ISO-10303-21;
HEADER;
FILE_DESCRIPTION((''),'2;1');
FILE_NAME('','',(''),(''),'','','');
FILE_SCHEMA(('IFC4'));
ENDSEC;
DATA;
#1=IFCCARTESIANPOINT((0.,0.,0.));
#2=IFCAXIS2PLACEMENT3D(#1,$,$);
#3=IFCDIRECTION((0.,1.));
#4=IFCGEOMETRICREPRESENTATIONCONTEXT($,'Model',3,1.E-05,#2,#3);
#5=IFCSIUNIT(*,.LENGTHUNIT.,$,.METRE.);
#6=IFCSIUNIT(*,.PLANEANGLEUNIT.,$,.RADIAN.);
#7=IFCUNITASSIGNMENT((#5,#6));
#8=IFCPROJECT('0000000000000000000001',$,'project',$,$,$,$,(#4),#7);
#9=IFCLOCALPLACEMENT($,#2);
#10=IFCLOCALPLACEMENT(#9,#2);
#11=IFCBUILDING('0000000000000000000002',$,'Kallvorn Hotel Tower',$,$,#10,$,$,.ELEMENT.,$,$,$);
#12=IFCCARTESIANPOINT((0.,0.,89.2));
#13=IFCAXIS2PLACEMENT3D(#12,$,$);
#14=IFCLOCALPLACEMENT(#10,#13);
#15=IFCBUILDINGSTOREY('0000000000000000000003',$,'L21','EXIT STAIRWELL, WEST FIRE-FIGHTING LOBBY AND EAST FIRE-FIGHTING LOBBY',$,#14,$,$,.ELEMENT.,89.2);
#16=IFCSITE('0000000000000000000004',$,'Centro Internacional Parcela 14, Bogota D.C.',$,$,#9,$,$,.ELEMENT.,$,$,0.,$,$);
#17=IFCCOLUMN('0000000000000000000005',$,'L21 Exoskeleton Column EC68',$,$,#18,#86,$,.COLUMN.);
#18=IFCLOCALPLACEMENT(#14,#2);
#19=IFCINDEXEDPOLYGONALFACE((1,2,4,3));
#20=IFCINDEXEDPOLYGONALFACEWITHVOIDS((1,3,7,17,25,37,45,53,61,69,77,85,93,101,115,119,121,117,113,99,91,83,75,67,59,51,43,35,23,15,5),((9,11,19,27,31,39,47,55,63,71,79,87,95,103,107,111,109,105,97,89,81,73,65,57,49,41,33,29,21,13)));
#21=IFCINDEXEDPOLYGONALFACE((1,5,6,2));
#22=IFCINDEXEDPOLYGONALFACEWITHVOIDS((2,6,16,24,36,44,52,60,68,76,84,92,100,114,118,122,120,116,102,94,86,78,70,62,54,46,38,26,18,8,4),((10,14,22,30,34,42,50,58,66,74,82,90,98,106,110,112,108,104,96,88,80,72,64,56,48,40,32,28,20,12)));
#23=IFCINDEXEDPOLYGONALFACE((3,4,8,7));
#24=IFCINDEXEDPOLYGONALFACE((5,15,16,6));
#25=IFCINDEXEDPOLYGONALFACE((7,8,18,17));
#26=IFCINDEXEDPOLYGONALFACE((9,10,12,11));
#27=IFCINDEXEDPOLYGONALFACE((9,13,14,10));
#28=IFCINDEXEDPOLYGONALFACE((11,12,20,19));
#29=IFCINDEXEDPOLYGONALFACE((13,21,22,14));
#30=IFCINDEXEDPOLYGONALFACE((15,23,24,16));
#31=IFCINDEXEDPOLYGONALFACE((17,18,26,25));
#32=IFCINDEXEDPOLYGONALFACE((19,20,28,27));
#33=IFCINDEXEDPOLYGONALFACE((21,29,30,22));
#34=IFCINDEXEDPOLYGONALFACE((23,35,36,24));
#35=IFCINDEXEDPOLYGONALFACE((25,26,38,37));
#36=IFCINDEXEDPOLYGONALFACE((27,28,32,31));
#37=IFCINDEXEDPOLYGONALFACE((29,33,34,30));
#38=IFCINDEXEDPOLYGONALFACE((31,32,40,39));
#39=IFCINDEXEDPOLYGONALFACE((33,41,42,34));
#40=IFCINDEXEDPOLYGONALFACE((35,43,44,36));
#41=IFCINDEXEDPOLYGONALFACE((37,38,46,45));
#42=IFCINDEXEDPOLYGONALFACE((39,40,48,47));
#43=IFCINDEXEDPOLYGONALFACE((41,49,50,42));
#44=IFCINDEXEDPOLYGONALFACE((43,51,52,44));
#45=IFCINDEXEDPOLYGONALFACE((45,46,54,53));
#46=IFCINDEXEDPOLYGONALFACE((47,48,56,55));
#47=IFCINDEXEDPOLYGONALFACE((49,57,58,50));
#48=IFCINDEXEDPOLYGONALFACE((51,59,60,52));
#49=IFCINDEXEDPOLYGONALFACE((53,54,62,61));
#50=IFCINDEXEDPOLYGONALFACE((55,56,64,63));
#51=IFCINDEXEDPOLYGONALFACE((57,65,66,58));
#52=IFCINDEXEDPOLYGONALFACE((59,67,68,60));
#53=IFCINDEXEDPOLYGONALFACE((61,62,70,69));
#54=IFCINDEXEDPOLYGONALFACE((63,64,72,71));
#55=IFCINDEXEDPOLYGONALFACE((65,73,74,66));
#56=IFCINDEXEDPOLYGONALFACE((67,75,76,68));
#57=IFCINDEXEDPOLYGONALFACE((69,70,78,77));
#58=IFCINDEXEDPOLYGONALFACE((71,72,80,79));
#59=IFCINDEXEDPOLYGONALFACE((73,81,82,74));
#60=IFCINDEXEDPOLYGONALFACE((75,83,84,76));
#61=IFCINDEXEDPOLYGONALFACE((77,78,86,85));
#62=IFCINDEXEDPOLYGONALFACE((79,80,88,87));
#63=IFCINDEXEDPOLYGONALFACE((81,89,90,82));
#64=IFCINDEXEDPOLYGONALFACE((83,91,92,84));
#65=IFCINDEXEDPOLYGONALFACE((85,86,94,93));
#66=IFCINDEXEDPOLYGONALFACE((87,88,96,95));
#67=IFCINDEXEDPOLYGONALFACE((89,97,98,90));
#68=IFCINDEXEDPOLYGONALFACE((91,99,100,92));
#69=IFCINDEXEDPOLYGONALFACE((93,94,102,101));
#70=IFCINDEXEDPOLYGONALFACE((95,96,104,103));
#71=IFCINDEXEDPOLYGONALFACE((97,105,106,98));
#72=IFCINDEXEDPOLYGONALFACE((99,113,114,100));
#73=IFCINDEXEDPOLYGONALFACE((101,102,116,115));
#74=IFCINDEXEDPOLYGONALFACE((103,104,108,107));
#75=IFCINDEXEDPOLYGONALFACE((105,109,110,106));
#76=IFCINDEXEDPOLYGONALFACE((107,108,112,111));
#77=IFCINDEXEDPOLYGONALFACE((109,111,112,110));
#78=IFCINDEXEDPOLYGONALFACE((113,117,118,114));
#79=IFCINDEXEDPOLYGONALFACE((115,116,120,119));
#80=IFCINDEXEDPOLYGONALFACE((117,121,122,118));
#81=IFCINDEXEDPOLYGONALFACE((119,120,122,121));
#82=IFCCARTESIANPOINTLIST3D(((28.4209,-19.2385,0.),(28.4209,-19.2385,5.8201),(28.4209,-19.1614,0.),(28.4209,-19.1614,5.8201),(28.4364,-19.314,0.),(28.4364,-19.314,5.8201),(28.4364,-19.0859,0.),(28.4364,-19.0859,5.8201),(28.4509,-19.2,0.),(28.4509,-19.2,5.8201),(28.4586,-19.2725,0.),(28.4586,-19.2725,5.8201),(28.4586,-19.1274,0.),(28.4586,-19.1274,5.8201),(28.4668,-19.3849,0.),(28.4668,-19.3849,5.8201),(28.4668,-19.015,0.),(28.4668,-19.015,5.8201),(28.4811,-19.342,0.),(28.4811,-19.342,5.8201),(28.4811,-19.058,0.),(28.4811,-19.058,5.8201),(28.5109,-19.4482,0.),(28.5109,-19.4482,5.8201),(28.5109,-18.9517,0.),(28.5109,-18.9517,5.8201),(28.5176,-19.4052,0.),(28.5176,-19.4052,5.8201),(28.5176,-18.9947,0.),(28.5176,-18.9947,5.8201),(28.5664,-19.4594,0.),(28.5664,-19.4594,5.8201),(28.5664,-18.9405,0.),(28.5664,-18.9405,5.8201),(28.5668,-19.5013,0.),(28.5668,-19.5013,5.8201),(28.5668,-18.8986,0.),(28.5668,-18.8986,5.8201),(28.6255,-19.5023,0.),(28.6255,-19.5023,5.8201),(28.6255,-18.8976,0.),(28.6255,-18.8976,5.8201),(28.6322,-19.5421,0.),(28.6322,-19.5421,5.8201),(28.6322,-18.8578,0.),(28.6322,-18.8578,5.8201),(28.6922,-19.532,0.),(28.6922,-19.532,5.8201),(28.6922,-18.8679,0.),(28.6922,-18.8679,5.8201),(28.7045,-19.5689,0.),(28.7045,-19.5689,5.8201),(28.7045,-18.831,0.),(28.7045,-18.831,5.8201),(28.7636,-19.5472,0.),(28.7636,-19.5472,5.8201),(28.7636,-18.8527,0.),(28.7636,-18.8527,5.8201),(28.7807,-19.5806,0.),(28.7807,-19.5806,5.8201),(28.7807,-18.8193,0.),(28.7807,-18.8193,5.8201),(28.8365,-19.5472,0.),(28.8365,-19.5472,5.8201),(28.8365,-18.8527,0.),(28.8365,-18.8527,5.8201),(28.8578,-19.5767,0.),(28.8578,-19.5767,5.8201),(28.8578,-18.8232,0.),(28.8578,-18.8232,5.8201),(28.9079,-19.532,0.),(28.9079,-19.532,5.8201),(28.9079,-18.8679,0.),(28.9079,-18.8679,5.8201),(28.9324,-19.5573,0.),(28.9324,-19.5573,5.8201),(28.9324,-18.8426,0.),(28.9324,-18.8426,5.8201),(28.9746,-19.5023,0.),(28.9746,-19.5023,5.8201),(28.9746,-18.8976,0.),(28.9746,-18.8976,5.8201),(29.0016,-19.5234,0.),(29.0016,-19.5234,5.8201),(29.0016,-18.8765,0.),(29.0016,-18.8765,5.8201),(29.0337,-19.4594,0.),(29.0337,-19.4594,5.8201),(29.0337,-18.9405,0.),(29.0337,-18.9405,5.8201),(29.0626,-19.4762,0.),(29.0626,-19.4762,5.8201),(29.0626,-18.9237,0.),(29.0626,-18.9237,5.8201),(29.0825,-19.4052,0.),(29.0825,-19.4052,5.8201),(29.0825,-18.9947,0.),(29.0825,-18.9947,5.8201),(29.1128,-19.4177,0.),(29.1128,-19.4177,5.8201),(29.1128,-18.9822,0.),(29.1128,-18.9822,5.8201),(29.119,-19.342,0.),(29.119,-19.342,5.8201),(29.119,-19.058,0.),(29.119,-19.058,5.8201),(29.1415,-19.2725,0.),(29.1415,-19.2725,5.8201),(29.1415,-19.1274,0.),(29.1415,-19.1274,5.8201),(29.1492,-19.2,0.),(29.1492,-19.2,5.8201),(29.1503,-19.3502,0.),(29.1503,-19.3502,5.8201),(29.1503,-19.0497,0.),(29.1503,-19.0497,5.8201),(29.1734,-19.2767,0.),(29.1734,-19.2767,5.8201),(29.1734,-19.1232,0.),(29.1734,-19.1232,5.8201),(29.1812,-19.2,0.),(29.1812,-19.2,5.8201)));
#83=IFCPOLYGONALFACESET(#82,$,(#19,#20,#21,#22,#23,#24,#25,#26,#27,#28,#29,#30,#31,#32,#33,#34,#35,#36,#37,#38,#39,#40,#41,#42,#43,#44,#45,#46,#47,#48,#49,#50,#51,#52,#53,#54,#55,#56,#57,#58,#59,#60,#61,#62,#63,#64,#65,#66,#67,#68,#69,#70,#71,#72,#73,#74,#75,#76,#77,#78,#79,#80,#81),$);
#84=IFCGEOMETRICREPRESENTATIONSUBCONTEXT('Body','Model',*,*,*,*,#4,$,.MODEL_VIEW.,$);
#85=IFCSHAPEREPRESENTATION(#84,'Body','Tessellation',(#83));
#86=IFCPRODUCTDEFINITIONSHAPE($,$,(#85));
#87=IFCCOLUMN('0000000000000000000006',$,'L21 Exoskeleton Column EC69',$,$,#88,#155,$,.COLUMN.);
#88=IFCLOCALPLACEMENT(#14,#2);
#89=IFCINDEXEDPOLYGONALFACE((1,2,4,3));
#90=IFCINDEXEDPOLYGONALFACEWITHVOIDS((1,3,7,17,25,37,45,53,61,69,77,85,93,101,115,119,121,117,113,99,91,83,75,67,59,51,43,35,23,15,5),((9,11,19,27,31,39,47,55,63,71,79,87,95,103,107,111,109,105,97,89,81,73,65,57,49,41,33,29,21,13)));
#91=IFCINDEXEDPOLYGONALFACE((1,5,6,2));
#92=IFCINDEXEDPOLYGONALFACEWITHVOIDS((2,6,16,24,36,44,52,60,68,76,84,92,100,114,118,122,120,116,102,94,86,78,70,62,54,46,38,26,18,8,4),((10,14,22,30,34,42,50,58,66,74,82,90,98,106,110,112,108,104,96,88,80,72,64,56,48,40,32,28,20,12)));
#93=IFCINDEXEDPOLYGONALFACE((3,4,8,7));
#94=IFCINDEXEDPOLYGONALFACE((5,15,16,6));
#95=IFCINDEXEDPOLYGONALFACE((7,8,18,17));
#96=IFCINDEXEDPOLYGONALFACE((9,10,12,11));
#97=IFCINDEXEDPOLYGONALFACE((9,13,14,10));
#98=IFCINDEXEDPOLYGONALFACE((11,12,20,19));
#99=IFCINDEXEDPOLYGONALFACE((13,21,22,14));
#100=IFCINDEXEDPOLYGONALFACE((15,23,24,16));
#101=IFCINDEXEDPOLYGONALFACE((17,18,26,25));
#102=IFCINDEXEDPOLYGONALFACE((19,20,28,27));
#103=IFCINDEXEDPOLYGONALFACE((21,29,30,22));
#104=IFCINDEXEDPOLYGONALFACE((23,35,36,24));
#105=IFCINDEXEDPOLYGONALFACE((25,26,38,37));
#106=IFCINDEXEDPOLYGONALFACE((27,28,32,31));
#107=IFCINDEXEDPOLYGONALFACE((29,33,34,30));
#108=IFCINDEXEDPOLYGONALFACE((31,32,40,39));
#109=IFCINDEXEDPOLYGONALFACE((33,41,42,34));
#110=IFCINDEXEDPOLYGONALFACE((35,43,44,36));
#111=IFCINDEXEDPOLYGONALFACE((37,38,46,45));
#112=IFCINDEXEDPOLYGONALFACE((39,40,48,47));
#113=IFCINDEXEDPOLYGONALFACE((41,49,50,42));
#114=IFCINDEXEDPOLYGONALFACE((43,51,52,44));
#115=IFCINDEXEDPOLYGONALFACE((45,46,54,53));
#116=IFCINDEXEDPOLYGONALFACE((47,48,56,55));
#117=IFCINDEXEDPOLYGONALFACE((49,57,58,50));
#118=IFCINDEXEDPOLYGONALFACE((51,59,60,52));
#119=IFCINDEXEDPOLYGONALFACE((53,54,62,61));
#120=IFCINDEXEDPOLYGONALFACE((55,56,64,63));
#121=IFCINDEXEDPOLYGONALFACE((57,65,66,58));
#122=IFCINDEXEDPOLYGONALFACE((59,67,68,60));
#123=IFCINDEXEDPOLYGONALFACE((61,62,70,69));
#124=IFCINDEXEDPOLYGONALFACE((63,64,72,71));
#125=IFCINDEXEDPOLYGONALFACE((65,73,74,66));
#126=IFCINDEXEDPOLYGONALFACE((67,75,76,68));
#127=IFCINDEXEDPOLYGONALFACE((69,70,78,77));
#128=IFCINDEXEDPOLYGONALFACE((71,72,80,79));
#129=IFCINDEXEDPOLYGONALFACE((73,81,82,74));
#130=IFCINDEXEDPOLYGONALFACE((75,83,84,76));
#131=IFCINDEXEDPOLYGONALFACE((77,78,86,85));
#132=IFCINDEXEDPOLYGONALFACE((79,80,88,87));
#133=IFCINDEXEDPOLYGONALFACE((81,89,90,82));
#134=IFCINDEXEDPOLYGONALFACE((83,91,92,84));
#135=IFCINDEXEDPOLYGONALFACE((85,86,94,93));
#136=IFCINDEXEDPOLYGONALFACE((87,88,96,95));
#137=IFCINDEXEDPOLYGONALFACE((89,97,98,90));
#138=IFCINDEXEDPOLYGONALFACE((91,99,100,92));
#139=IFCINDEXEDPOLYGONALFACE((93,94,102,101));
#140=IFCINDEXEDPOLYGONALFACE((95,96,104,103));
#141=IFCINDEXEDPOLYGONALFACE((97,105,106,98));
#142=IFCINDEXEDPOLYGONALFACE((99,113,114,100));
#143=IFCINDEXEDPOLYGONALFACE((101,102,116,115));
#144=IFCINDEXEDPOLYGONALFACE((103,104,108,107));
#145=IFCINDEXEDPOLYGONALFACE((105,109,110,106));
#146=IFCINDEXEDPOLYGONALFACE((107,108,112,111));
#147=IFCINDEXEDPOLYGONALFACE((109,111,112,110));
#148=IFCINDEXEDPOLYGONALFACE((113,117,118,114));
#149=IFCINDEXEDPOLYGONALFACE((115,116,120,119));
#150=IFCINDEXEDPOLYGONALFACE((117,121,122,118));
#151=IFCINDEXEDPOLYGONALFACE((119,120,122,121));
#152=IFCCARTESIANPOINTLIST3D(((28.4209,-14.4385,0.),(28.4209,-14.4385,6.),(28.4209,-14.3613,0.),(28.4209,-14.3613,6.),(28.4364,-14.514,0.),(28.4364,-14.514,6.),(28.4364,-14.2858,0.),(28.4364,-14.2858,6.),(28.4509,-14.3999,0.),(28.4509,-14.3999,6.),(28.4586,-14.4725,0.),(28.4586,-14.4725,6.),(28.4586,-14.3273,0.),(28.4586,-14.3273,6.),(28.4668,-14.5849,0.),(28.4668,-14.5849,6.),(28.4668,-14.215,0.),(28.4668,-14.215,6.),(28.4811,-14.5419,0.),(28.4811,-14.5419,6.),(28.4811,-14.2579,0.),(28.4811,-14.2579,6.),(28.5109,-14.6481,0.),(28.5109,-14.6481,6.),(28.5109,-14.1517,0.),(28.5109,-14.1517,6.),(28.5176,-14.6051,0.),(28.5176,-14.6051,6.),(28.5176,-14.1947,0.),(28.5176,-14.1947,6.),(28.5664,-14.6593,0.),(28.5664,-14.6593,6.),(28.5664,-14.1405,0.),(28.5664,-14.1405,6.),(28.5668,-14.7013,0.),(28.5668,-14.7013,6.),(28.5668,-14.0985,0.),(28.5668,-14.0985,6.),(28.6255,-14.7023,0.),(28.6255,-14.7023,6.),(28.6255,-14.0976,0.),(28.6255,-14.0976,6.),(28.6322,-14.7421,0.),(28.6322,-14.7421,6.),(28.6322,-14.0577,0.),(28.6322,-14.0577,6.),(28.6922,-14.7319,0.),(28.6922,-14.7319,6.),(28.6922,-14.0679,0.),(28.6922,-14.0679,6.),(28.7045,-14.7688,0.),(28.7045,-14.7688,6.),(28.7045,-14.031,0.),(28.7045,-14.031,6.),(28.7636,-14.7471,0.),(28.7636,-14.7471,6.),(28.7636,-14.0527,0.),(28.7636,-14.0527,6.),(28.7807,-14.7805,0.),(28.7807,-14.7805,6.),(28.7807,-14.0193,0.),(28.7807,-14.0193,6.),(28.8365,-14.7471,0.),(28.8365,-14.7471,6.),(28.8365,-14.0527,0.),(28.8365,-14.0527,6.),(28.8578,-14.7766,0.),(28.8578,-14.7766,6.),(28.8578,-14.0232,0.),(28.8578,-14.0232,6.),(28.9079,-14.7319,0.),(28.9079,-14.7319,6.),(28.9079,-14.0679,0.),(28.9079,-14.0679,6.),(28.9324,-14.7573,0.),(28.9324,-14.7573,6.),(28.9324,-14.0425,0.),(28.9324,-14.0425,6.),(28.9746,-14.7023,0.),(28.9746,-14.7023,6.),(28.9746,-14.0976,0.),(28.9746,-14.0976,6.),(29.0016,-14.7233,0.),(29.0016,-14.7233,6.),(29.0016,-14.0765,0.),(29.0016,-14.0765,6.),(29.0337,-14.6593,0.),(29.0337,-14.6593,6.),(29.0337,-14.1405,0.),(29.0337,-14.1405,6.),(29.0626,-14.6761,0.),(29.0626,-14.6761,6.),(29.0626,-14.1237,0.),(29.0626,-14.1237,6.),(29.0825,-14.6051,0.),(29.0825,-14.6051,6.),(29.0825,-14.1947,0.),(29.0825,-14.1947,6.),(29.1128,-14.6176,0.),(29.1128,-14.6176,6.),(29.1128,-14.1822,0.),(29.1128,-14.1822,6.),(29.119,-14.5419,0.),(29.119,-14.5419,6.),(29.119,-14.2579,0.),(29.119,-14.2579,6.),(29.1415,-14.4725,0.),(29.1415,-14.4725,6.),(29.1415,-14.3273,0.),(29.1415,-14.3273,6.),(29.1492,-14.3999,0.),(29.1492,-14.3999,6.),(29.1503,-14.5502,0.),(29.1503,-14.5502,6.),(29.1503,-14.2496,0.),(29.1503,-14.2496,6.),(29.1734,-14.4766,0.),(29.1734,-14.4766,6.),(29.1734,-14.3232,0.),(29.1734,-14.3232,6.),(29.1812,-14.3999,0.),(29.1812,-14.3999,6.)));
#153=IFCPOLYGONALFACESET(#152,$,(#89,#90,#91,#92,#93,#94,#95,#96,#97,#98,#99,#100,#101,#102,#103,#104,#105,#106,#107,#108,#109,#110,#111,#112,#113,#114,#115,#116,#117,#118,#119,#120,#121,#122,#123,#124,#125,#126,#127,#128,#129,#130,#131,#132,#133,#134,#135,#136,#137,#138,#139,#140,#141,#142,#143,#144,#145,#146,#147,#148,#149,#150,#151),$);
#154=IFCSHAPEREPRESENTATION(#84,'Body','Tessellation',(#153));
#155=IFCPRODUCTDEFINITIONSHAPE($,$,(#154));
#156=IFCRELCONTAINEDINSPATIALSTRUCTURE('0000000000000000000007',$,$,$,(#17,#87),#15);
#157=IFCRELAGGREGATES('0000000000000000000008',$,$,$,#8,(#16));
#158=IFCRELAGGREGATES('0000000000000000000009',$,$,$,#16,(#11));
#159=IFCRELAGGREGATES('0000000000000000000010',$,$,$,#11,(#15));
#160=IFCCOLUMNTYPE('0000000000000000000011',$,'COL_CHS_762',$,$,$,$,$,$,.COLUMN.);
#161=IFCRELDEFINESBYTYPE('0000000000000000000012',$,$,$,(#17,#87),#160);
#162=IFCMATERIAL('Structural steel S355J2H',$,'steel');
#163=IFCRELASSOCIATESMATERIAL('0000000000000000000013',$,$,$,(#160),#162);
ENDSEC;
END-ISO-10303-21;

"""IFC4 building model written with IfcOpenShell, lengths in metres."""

from ifc_helpers import new_model, si_unit, direction, frame, origin, origin_2d, place, context, subcontext, project, spatial, hollow_circle, extrude, material, material_profile, profile_set, type_object, element, save


model = new_model("IFC4")

# Units and contexts
model_context = context("Model", 3, precision=1e-05, world=origin(), true_north=direction((0.0, 1.0)))
body_context = subcontext(model_context, "Body", "Model", "MODEL_VIEW")
ifc_project = project(units=[si_unit("LENGTHUNIT", "METRE"), si_unit("PLANEANGLEUNIT", "RADIAN")], contexts=[model_context])

# Site, building, storey
site_placement = place(None, origin())
site = spatial("IfcSite", under=ifc_project, at=site_placement, Name="Centro Internacional Parcela 14, Bogota D.C.", CompositionType="ELEMENT", RefElevation=0.0)
building_placement = place(site_placement, origin())
building = spatial("IfcBuilding", under=site, at=building_placement, Name="Kallvorn Hotel Tower", CompositionType="ELEMENT")
storey_placement = place(building_placement, frame((0.0, 0.0, 89.2)))
storey = spatial("IfcBuildingStorey", under=building, at=storey_placement, Name="L21", Description="EXIT STAIRWELL, WEST FIRE-FIGHTING LOBBY AND EAST FIRE-FIGHTING LOBBY", CompositionType="ELEMENT", Elevation=89.2)

# Columns
ifc_material_1 = material(Name="Structural steel S355J2H", Category="steel")
ifc_material_profile_1 = material_profile(ifc_material_1, hollow_circle(Radius=0.3811, WallThickness=0.032, at=origin_2d()), Name="CHS 762x32")
ifc_profile_set_1 = profile_set([ifc_material_profile_1], Name="Structural steel S355J2H")
column_type_1 = type_object("IfcColumnType", Name="COL_CHS_762", PredefinedType="COLUMN", material=ifc_profile_set_1)
column_1_placement = place(storey_placement, frame((28.8, -19.2, 0.0), z_axis=(0.0, 0.0, 1.0), x_axis=(1.0, 0.0, 0.0)))
element("IfcColumn", 1, at=column_1_placement, inside=storey, type_object=column_type_1, Name="L21 Exoskeleton Column EC68", PredefinedType="COLUMN", context=body_context, shape_type="SweptSolid", body=[
    extrude(hollow_circle(Radius=0.3811, WallThickness=0.032, at=origin_2d()), origin(), (0.0, 0.0, 1.0), 5.8201),
])
for number, where, z_axis, x_axis, name in (
    (2, (28.8, -14.3999, 0.0), (0.0, 0.0, 1.0), (1.0, 0.0, 0.0), "L21 Exoskeleton Column EC69"),
):
    element("IfcColumn", number, at=place(storey_placement, frame(where, z_axis=z_axis, x_axis=x_axis)), inside=storey, type_object=column_type_1, Name=name, PredefinedType="COLUMN", context=body_context, shape_type="SweptSolid", body=[
        extrude(hollow_circle(Radius=0.3811, WallThickness=0.032, at=origin_2d()), origin(), (0.0, 0.0, 1.0), 6.0),
    ])

save(model, "model.ifc")
